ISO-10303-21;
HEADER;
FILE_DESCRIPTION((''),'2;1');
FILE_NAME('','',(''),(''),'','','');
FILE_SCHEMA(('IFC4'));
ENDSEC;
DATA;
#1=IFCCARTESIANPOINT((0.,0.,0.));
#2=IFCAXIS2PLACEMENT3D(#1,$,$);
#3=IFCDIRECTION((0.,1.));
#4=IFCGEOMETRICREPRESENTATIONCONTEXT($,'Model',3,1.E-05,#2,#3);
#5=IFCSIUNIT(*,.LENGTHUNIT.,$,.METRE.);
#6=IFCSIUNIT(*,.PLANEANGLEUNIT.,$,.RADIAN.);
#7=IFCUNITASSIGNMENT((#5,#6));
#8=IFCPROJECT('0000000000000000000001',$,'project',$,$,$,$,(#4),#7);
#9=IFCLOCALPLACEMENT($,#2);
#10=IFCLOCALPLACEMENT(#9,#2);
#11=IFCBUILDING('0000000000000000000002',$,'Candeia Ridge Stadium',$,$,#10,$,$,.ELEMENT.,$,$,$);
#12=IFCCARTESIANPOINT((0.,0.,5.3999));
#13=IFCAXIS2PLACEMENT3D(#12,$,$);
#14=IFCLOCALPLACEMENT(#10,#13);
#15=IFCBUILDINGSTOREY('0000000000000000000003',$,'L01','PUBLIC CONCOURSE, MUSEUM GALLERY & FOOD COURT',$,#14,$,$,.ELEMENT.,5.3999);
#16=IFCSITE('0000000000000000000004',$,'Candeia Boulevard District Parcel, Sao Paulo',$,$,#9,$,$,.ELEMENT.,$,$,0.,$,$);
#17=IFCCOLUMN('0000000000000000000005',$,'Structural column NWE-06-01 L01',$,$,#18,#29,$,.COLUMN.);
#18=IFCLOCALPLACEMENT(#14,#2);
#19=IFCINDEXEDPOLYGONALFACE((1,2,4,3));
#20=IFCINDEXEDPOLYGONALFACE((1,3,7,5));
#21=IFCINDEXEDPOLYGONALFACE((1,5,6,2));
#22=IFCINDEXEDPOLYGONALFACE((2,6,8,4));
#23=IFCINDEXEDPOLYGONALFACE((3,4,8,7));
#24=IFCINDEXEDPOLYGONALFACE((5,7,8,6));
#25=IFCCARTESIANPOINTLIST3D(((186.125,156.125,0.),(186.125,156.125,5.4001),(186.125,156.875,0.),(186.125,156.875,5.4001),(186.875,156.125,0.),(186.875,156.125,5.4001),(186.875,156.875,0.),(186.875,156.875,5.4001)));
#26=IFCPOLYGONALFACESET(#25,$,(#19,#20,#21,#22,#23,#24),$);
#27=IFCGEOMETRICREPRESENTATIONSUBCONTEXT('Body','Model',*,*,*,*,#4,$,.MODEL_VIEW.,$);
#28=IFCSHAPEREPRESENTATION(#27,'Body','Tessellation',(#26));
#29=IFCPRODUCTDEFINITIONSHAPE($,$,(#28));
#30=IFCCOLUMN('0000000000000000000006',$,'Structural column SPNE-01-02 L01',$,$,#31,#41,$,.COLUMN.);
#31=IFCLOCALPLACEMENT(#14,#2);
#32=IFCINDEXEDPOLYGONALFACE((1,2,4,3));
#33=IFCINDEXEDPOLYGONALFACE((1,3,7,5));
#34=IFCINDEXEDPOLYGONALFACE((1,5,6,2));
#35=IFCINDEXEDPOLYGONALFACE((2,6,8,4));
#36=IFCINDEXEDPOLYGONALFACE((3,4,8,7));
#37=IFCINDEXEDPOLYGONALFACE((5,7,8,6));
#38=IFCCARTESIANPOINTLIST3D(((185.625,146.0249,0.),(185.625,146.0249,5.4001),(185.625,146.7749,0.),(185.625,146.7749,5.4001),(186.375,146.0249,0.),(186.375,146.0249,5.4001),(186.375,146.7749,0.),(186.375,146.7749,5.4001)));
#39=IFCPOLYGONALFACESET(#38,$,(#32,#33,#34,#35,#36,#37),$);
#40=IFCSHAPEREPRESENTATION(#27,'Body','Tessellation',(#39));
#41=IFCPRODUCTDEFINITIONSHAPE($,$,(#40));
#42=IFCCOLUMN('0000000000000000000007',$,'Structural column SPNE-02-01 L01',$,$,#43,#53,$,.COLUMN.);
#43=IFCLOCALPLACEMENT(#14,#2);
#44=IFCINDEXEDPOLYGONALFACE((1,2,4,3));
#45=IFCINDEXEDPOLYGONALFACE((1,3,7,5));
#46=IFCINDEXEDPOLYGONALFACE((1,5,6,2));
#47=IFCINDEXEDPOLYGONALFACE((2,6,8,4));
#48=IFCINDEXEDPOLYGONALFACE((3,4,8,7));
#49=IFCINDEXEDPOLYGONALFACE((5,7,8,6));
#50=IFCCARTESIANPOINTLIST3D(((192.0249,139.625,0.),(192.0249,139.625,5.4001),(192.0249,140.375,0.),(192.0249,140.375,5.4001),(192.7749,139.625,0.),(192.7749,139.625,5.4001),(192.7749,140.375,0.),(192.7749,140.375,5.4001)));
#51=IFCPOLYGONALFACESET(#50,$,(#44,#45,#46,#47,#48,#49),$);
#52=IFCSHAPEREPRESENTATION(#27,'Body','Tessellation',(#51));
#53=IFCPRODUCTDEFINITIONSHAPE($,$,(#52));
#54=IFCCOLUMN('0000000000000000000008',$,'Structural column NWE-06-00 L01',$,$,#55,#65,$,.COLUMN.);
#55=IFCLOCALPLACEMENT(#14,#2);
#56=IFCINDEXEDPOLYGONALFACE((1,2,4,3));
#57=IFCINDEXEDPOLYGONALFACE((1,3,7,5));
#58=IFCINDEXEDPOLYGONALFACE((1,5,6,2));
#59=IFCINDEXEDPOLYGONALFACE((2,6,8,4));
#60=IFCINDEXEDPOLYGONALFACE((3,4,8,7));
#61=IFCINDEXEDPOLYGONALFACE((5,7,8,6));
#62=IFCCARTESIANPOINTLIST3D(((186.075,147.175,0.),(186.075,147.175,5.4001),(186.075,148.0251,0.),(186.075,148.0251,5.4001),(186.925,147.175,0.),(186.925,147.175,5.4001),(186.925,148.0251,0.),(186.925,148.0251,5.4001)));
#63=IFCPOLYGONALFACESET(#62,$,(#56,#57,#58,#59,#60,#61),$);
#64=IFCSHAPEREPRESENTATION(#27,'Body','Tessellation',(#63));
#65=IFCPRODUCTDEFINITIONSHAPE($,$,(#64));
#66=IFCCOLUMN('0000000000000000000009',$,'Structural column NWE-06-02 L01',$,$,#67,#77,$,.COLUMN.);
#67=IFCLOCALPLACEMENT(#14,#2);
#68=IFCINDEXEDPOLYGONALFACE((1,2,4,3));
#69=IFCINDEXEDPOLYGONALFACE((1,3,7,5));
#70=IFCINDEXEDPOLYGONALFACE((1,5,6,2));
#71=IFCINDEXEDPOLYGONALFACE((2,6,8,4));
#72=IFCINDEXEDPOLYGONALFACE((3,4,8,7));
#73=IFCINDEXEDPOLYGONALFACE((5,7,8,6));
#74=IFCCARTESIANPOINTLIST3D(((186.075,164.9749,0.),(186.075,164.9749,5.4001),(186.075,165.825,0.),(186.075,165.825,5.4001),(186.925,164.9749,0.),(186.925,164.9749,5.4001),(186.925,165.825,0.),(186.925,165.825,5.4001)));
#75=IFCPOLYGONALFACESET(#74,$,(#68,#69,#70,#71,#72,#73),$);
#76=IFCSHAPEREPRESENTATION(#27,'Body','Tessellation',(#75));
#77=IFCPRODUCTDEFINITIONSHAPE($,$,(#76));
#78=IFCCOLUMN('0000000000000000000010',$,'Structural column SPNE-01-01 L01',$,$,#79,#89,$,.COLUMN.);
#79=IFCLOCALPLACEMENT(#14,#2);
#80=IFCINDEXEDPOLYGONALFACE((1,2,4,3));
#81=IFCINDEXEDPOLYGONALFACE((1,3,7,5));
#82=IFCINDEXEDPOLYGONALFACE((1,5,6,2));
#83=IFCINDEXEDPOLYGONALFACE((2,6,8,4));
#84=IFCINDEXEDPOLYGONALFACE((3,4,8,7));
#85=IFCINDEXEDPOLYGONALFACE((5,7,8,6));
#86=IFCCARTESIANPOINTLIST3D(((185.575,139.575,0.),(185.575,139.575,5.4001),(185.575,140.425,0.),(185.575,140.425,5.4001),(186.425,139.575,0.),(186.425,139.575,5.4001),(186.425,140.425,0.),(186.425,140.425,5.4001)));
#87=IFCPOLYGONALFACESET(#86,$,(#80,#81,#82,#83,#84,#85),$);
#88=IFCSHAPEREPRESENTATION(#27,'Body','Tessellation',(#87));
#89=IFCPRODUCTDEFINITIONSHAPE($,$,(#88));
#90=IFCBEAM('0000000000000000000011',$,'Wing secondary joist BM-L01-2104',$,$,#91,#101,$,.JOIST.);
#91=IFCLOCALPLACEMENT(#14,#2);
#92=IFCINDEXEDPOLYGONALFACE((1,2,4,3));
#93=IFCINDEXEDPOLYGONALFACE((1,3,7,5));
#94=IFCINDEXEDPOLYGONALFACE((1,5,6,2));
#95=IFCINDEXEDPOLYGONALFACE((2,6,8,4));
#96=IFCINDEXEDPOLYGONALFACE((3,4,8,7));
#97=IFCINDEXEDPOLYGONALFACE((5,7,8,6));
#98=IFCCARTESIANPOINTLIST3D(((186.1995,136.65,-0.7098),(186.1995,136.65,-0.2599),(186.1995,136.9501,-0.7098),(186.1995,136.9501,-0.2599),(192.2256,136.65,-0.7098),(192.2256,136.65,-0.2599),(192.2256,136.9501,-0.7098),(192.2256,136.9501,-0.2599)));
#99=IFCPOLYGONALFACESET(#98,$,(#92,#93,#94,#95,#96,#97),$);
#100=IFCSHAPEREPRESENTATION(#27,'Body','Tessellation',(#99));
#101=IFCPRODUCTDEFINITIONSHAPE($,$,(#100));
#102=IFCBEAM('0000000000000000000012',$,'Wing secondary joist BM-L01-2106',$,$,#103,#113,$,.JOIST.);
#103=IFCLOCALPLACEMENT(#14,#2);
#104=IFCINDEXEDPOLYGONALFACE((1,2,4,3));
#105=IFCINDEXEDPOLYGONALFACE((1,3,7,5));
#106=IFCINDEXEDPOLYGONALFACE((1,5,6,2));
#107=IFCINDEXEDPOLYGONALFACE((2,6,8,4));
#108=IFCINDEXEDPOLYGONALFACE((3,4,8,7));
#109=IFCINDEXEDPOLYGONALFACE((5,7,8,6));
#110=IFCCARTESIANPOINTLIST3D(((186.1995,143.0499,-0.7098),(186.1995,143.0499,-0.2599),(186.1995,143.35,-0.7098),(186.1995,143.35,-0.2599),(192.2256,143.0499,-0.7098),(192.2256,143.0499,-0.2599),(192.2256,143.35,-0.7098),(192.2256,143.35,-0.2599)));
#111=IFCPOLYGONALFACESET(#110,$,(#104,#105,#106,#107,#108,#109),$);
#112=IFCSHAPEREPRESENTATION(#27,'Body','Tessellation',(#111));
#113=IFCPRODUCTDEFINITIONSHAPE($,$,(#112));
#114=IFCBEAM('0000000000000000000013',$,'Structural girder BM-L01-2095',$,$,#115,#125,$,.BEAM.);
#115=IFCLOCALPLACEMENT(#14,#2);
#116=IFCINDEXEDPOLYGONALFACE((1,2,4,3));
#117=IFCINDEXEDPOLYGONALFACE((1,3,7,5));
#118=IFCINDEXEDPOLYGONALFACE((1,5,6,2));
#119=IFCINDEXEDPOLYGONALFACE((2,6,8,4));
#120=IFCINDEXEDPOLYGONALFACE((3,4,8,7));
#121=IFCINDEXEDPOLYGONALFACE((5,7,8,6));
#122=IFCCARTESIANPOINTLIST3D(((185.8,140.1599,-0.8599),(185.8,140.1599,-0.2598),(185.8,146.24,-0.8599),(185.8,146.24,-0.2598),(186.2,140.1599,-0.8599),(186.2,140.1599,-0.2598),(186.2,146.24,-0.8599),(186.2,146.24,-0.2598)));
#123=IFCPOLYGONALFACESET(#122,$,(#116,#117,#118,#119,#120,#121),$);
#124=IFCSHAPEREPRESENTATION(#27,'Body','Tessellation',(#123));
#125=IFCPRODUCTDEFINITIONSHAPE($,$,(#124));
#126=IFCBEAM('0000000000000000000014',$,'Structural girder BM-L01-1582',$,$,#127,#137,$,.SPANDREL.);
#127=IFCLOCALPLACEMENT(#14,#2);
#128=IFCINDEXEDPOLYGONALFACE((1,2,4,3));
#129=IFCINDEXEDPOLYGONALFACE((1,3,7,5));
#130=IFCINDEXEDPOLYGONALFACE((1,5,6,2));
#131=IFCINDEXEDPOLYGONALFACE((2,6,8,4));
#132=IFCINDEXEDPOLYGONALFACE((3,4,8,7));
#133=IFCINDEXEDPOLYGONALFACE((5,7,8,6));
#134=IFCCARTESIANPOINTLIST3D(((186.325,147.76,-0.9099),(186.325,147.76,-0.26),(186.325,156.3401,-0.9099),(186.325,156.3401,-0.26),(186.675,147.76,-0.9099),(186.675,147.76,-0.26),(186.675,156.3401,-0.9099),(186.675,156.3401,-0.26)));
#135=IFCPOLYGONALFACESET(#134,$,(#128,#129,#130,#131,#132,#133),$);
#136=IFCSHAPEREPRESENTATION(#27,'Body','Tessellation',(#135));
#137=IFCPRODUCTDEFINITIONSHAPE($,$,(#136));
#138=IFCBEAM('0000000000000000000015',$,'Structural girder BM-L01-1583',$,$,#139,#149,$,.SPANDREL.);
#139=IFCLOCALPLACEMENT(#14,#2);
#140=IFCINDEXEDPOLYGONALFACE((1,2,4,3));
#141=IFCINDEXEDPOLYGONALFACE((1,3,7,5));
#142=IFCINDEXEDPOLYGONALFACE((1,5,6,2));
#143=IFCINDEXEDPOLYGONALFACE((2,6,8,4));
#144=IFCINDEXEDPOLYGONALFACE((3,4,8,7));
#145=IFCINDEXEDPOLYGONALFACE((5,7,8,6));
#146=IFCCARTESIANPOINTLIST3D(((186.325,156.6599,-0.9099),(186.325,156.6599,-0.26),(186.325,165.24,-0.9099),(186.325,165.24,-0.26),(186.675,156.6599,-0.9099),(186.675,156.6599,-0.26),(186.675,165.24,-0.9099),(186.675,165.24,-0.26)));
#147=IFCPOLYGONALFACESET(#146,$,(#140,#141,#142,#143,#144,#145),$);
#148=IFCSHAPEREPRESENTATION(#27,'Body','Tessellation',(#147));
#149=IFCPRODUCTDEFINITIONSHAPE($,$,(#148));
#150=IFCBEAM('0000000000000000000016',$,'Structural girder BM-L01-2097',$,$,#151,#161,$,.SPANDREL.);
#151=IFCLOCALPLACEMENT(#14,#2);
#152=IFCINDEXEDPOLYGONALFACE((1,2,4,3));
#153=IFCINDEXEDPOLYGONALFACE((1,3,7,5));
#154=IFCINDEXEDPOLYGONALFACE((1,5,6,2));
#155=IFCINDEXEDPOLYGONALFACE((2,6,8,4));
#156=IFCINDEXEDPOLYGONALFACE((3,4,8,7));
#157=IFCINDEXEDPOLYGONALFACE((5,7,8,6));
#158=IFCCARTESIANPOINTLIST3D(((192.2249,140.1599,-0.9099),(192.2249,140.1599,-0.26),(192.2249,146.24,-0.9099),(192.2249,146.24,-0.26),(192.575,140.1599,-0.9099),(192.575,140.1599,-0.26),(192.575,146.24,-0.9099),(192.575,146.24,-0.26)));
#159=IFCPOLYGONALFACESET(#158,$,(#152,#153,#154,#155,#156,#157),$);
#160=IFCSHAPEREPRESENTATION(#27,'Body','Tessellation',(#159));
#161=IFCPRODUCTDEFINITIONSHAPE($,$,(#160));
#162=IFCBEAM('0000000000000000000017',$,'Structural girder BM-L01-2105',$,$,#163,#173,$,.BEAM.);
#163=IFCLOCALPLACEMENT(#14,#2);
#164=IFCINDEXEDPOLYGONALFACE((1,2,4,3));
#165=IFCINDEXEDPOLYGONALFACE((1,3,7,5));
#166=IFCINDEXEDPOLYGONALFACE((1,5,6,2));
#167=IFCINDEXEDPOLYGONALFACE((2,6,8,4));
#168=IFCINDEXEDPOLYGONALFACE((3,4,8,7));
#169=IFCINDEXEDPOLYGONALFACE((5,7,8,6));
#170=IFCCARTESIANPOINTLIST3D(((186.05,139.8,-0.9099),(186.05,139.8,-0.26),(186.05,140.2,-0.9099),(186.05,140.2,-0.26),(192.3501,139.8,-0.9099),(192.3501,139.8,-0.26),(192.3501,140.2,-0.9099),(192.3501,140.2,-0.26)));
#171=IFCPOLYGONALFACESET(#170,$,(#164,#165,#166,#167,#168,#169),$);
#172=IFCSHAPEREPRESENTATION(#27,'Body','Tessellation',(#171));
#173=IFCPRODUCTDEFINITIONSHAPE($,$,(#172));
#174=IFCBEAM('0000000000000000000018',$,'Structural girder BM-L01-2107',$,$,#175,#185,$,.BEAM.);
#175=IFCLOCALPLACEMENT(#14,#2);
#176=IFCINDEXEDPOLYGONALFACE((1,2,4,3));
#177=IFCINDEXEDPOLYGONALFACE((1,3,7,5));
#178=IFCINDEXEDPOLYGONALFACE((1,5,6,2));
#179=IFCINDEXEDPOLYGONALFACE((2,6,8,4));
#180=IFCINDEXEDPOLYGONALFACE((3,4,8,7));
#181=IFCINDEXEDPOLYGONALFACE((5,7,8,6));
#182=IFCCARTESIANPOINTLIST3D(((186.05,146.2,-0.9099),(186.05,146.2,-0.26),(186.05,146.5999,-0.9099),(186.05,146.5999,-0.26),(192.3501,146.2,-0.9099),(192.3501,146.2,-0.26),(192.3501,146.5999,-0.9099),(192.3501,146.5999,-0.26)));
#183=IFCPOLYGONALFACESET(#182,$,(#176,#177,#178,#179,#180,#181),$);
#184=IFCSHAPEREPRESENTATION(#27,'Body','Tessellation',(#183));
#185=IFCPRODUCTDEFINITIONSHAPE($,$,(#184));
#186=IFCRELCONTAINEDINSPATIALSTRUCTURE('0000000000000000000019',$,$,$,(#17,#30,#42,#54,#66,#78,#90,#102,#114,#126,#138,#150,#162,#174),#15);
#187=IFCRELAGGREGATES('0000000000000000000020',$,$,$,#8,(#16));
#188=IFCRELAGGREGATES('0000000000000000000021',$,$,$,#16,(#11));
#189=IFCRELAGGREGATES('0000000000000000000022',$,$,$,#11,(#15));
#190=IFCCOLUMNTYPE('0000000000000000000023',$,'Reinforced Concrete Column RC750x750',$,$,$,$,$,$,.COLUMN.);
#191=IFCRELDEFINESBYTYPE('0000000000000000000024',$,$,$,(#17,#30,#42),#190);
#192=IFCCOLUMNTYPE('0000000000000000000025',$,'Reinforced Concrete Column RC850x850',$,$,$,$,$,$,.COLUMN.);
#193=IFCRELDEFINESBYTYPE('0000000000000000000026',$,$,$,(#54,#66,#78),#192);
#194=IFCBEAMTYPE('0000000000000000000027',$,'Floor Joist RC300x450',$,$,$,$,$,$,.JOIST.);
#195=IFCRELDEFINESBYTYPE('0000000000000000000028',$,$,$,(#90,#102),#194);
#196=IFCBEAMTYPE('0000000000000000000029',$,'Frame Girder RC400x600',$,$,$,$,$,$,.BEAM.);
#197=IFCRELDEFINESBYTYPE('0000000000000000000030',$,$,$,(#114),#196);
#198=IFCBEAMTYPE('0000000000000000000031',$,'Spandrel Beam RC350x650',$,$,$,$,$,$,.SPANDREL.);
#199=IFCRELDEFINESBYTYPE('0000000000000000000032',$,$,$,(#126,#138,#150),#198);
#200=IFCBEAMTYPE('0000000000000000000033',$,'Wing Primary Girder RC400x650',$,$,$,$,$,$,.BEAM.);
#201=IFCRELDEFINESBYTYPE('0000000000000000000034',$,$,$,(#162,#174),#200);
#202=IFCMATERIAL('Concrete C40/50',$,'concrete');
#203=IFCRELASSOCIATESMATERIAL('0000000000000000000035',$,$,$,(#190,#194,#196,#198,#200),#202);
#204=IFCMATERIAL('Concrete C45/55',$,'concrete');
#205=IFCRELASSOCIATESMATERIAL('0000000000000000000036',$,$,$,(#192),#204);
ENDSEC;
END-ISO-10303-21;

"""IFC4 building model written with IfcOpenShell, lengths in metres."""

from ifc_helpers import new_model, si_unit, direction, frame, origin, origin_2d, place, context, subcontext, project, spatial, rectangle, extrude, material, material_profile, profile_set, type_object, element, save


model = new_model("IFC4")

# Units and contexts
model_context = context("Model", 3, precision=1e-05, world=origin(), true_north=direction((0.0, 1.0)))
body_context = subcontext(model_context, "Body", "Model", "MODEL_VIEW")
ifc_project = project(units=[si_unit("LENGTHUNIT", "METRE"), si_unit("PLANEANGLEUNIT", "RADIAN")], contexts=[model_context])

# Site, building, storey
site_placement = place(None, origin())
site = spatial("IfcSite", under=ifc_project, at=site_placement, Name="Candeia Boulevard District Parcel, Sao Paulo", CompositionType="ELEMENT", RefElevation=0.0)
building_placement = place(site_placement, origin())
building = spatial("IfcBuilding", under=site, at=building_placement, Name="Candeia Ridge Stadium", CompositionType="ELEMENT")
storey_placement = place(building_placement, frame((0.0, 0.0, 5.3999)))
storey = spatial("IfcBuildingStorey", under=building, at=storey_placement, Name="L01", Description="PUBLIC CONCOURSE, MUSEUM GALLERY & FOOD COURT", CompositionType="ELEMENT", Elevation=5.3999)

# Columns
ifc_material_1 = material(Name="Concrete C40/50", Category="concrete")
ifc_material_profile_1 = material_profile(ifc_material_1, rectangle(XDim=0.75, YDim=0.75, at=origin_2d()), Name="RC750x750", Category="concrete")
ifc_profile_set_1 = profile_set([ifc_material_profile_1], Name="Concrete C40/50")
column_type_1 = type_object("IfcColumnType", Name="Reinforced Concrete Column RC750x750", PredefinedType="COLUMN", material=ifc_profile_set_1)
for number, where, z_axis, x_axis, name in (
    (1, (186.5, 156.5, 0.0), (0.0, 0.0, 1.0), (1.0, 0.0, 0.0), "Structural column NWE-06-01 L01"),
    (2, (186.0, 146.3999, 0.0), (0.0, 0.0, 1.0), (1.0, 0.0, 0.0), "Structural column SPNE-01-02 L01"),
    (3, (192.3999, 140.0, 0.0), (0.0, 0.0, 1.0), (1.0, 0.0, 0.0), "Structural column SPNE-02-01 L01"),
):
    element("IfcColumn", number, at=place(storey_placement, frame(where, z_axis=z_axis, x_axis=x_axis)), inside=storey, type_object=column_type_1, Name=name, PredefinedType="COLUMN", context=body_context, shape_type="SweptSolid", body=[
        extrude(rectangle(XDim=0.75, YDim=0.75, at=origin_2d()), origin(), (0.0, 0.0, 1.0), 5.4001),
    ])
ifc_material_2 = material(Name="Concrete C45/55", Category="concrete")
ifc_material_profile_2 = material_profile(ifc_material_2, rectangle(XDim=0.8501, YDim=0.8501, at=origin_2d()), Name="RC850x850", Category="concrete")
ifc_profile_set_2 = profile_set([ifc_material_profile_2], Name="Concrete C45/55")
column_type_2 = type_object("IfcColumnType", Name="Reinforced Concrete Column RC850x850", PredefinedType="COLUMN", material=ifc_profile_set_2)
for number, where, z_axis, x_axis, name in (
    (4, (186.5, 147.6001, 0.0), (0.0, 0.0, 1.0), (1.0, 0.0, 0.0), "Structural column NWE-06-00 L01"),
    (5, (186.5, 165.3999, 0.0), (0.0, 0.0, 1.0), (1.0, 0.0, 0.0), "Structural column NWE-06-02 L01"),
    (6, (186.0, 140.0, 0.0), (0.0, 0.0, 1.0), (1.0, 0.0, 0.0), "Structural column SPNE-01-01 L01"),
):
    element("IfcColumn", number, at=place(storey_placement, frame(where, z_axis=z_axis, x_axis=x_axis)), inside=storey, type_object=column_type_2, Name=name, PredefinedType="COLUMN", context=body_context, shape_type="SweptSolid", body=[
        extrude(rectangle(XDim=0.8501, YDim=0.8501, at=origin_2d()), origin(), (0.0, 0.0, 1.0), 5.4001),
    ])

# Beams
ifc_material_profile_3 = material_profile(ifc_material_1, rectangle(XDim=0.3, YDim=0.45, at=origin_2d()), Name="RC300x450", Category="concrete")
ifc_profile_set_3 = profile_set([ifc_material_profile_3], Name="Concrete C40/50")
beam_type_1 = type_object("IfcBeamType", Name="Floor Joist RC300x450", PredefinedType="JOIST", material=ifc_profile_set_3)
for number, where, z_axis, x_axis, name in (
    (7, (186.1995, 136.8, -0.4849), (1.0, 0.0, 0.0), (0.0, 1.0, 0.0), "Wing secondary joist BM-L01-2104"),
    (8, (186.1995, 143.2, -0.4849), (1.0, 0.0, 0.0), (0.0, 1.0, 0.0), "Wing secondary joist BM-L01-2106"),
):
    element("IfcBeam", number, at=place(storey_placement, frame(where, z_axis=z_axis, x_axis=x_axis)), inside=storey, type_object=beam_type_1, Name=name, PredefinedType="JOIST", context=body_context, shape_type="SweptSolid", body=[
        extrude(rectangle(XDim=0.3, YDim=0.45, at=origin_2d()), origin(), (0.0, 0.0, 1.0), 6.0261),
    ])
ifc_material_profile_4 = material_profile(ifc_material_1, rectangle(XDim=0.3999, YDim=0.6001, at=origin_2d()), Name="RC400x600", Category="concrete")
ifc_profile_set_4 = profile_set([ifc_material_profile_4], Name="Concrete C40/50")
beam_type_2 = type_object("IfcBeamType", Name="Frame Girder RC400x600", PredefinedType="BEAM", material=ifc_profile_set_4)
beam_1_placement = place(storey_placement, frame((186.0, 140.1599, -0.5598), z_axis=(0.0, 1.0, 0.0), x_axis=(-1.0, 0.0, 0.0)))
element("IfcBeam", 9, at=beam_1_placement, inside=storey, type_object=beam_type_2, Name="Structural girder BM-L01-2095", PredefinedType="BEAM", context=body_context, shape_type="SweptSolid", body=[
    extrude(rectangle(XDim=0.3999, YDim=0.6001, at=origin_2d()), origin(), (0.0, 0.0, 1.0), 6.0801),
])
ifc_material_profile_5 = material_profile(ifc_material_1, rectangle(XDim=0.3501, YDim=0.6499, at=origin_2d()), Name="RC350x650", Category="concrete")
ifc_profile_set_5 = profile_set([ifc_material_profile_5], Name="Concrete C40/50")
beam_type_3 = type_object("IfcBeamType", Name="Spandrel Beam RC350x650", PredefinedType="SPANDREL", material=ifc_profile_set_5)
for number, where, z_axis, x_axis, name in (
    (10, (186.5, 147.76, -0.585), (0.0, 1.0, 0.0), (-1.0, 0.0, 0.0), "Structural girder BM-L01-1582"),
    (11, (186.5, 156.6599, -0.585), (0.0, 1.0, 0.0), (-1.0, 0.0, 0.0), "Structural girder BM-L01-1583"),
):
    element("IfcBeam", number, at=place(storey_placement, frame(where, z_axis=z_axis, x_axis=x_axis)), inside=storey, type_object=beam_type_3, Name=name, PredefinedType="SPANDREL", context=body_context, shape_type="SweptSolid", body=[
        extrude(rectangle(XDim=0.3501, YDim=0.6499, at=origin_2d()), origin(), (0.0, 0.0, 1.0), 8.5801),
    ])
beam_2_placement = place(storey_placement, frame((192.3999, 140.1599, -0.585), z_axis=(0.0, 1.0, 0.0), x_axis=(-1.0, 0.0, 0.0)))
element("IfcBeam", 12, at=beam_2_placement, inside=storey, type_object=beam_type_3, Name="Structural girder BM-L01-2097", PredefinedType="SPANDREL", context=body_context, shape_type="SweptSolid", body=[
    extrude(rectangle(XDim=0.3501, YDim=0.6499, at=origin_2d()), origin(), (0.0, 0.0, 1.0), 6.0801),
])
ifc_material_profile_6 = material_profile(ifc_material_1, rectangle(XDim=0.3999, YDim=0.6499, at=origin_2d()), Name="RC400x650", Category="concrete")
ifc_profile_set_6 = profile_set([ifc_material_profile_6], Name="Concrete C40/50")
beam_type_4 = type_object("IfcBeamType", Name="Wing Primary Girder RC400x650", PredefinedType="BEAM", material=ifc_profile_set_6)
for number, where, z_axis, x_axis, name in (
    (13, (186.05, 140.0, -0.585), (1.0, 0.0, 0.0), (0.0, 1.0, 0.0), "Structural girder BM-L01-2105"),
    (14, (186.05, 146.3999, -0.585), (1.0, 0.0, 0.0), (0.0, 1.0, 0.0), "Structural girder BM-L01-2107"),
):
    element("IfcBeam", number, at=place(storey_placement, frame(where, z_axis=z_axis, x_axis=x_axis)), inside=storey, type_object=beam_type_4, Name=name, PredefinedType="BEAM", context=body_context, shape_type="SweptSolid", body=[
        extrude(rectangle(XDim=0.3999, YDim=0.6499, at=origin_2d()), origin(), (0.0, 0.0, 1.0), 6.3),
    ])

save(model, "model.ifc")
